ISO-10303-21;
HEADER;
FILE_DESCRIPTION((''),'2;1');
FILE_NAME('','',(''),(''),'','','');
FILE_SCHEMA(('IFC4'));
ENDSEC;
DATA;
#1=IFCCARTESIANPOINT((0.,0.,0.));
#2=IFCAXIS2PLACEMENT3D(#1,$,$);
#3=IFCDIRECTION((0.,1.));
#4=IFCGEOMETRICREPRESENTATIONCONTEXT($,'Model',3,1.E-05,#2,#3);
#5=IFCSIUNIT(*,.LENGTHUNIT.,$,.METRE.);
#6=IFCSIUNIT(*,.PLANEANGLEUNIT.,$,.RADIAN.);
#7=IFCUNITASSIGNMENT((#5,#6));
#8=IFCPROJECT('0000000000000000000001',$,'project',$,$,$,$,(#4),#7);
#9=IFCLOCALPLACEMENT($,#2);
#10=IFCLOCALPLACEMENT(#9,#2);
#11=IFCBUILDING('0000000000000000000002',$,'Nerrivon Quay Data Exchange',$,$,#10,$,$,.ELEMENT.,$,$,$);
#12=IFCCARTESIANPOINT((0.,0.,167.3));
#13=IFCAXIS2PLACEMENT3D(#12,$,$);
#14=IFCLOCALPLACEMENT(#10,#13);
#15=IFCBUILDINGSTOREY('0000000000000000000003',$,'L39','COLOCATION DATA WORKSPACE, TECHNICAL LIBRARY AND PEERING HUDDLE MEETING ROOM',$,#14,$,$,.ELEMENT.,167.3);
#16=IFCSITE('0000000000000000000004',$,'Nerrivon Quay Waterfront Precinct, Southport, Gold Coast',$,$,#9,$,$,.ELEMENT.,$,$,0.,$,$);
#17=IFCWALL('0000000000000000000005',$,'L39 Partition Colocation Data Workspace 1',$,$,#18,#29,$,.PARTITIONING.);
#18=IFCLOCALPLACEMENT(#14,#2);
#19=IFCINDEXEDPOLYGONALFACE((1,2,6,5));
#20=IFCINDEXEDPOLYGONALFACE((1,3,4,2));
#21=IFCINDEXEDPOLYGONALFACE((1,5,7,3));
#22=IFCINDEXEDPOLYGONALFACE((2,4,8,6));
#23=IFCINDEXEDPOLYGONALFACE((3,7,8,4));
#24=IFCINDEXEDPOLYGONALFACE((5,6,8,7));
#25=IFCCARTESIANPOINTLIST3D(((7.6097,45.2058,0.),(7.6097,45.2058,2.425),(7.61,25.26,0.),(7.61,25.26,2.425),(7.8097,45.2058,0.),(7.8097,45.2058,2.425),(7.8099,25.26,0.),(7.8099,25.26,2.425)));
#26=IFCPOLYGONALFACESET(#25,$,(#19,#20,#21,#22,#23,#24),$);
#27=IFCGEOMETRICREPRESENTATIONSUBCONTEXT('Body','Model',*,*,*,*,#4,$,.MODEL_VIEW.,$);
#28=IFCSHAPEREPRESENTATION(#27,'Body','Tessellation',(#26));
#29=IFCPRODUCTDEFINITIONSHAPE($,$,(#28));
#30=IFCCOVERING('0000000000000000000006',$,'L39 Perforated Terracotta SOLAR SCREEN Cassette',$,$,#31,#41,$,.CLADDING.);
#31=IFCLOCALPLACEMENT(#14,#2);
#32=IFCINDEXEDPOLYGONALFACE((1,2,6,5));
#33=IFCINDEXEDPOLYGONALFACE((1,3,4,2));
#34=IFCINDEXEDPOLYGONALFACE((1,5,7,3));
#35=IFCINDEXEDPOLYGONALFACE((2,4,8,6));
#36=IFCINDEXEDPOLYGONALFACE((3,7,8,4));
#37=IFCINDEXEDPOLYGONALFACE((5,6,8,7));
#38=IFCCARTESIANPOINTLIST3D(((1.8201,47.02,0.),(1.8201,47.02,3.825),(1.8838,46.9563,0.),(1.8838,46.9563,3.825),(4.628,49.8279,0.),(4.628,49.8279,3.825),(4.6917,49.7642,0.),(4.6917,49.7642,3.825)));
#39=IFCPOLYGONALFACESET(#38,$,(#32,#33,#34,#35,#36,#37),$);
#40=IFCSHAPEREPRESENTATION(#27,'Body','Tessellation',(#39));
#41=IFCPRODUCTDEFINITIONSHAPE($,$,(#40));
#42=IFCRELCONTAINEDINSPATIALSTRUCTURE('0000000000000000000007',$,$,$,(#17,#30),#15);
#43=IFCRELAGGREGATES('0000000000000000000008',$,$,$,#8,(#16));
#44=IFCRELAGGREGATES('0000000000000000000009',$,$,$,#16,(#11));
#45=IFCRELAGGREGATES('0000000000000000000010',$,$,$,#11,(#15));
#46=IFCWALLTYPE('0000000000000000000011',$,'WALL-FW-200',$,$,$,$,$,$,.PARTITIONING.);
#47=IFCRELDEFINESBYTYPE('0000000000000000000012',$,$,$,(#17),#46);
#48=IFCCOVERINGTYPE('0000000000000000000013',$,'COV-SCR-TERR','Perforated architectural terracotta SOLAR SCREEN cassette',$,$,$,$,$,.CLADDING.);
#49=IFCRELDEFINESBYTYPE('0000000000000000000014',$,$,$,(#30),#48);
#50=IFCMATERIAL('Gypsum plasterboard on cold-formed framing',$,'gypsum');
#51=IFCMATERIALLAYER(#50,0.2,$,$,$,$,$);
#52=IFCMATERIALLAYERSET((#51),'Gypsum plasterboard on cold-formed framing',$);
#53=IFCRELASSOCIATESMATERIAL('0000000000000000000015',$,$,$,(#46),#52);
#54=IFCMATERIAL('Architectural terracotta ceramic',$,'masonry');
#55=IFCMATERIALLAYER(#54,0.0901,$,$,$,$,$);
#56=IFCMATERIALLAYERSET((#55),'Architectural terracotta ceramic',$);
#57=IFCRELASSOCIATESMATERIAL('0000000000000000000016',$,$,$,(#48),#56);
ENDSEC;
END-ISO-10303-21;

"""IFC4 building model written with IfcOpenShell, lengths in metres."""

from ifc_helpers import new_model, si_unit, direction, frame, frame_2d, origin, origin_2d, place, context, subcontext, project, spatial, rectangle, extrude, material, layer, layer_set, type_object, element, save


model = new_model("IFC4")

# Units and contexts
model_context = context("Model", 3, precision=1e-05, world=origin(), true_north=direction((0.0, 1.0)))
body_context = subcontext(model_context, "Body", "Model", "MODEL_VIEW")
ifc_project = project(units=[si_unit("LENGTHUNIT", "METRE"), si_unit("PLANEANGLEUNIT", "RADIAN")], contexts=[model_context])

# Site, building, storey
site_placement = place(None, origin())
site = spatial("IfcSite", under=ifc_project, at=site_placement, Name="Nerrivon Quay Waterfront Precinct, Southport, Gold Coast", CompositionType="ELEMENT", RefElevation=0.0)
building_placement = place(site_placement, origin())
building = spatial("IfcBuilding", under=site, at=building_placement, Name="Nerrivon Quay Data Exchange", CompositionType="ELEMENT")
storey_placement = place(building_placement, frame((0.0, 0.0, 167.3)))
storey = spatial("IfcBuildingStorey", under=building, at=storey_placement, Name="L39", Description="COLOCATION DATA WORKSPACE, TECHNICAL LIBRARY AND PEERING HUDDLE MEETING ROOM", CompositionType="ELEMENT", Elevation=167.3)

# Wall
ifc_material_1 = material(Name="Gypsum plasterboard on cold-formed framing", Category="gypsum")
ifc_layer_1 = layer(ifc_material_1, 0.2)
ifc_layer_set_1 = layer_set([ifc_layer_1], Name="Gypsum plasterboard on cold-formed framing")
wall_type = type_object("IfcWallType", Name="WALL-FW-200", PredefinedType="PARTITIONING", material=ifc_layer_set_1)
wall_1_placement = place(storey_placement, frame((7.7097, 45.2058, 0.0), z_axis=(0.0, 0.0, 1.0), x_axis=(0.000012, -1.0, 0.0)))
element("IfcWall", 1, at=wall_1_placement, inside=storey, type_object=wall_type, Name="L39 Partition Colocation Data Workspace 1", PredefinedType="PARTITIONING", context=body_context, shape_type="SweptSolid", body=[
    extrude(rectangle(XDim=19.9458, YDim=0.2, at=frame_2d((9.9729, 0.0))), origin(), (0.0, 0.0, 1.0), 2.425),
])

# Covering
ifc_material_2 = material(Name="Architectural terracotta ceramic", Category="masonry")
ifc_layer_2 = layer(ifc_material_2, 0.0901)
ifc_layer_set_2 = layer_set([ifc_layer_2], Name="Architectural terracotta ceramic")
covering_type = type_object("IfcCoveringType", Name="COV-SCR-TERR", Description="Perforated architectural terracotta SOLAR SCREEN cassette", PredefinedType="CLADDING", material=ifc_layer_set_2)
covering_placement = place(storey_placement, frame((3.2559, 48.3921, 0.0), z_axis=(0.0, 0.0, 1.0), x_axis=(0.707107, 0.707107, 0.0)))
element("IfcCovering", 2, at=covering_placement, inside=storey, type_object=covering_type, Name="L39 Perforated Terracotta SOLAR SCREEN Cassette", PredefinedType="CLADDING", context=body_context, shape_type="SweptSolid", body=[
    extrude(rectangle(XDim=3.9709, YDim=0.0901, at=origin_2d()), origin(), (0.0, 0.0, 1.0), 3.825),
])

save(model, "model.ifc")
